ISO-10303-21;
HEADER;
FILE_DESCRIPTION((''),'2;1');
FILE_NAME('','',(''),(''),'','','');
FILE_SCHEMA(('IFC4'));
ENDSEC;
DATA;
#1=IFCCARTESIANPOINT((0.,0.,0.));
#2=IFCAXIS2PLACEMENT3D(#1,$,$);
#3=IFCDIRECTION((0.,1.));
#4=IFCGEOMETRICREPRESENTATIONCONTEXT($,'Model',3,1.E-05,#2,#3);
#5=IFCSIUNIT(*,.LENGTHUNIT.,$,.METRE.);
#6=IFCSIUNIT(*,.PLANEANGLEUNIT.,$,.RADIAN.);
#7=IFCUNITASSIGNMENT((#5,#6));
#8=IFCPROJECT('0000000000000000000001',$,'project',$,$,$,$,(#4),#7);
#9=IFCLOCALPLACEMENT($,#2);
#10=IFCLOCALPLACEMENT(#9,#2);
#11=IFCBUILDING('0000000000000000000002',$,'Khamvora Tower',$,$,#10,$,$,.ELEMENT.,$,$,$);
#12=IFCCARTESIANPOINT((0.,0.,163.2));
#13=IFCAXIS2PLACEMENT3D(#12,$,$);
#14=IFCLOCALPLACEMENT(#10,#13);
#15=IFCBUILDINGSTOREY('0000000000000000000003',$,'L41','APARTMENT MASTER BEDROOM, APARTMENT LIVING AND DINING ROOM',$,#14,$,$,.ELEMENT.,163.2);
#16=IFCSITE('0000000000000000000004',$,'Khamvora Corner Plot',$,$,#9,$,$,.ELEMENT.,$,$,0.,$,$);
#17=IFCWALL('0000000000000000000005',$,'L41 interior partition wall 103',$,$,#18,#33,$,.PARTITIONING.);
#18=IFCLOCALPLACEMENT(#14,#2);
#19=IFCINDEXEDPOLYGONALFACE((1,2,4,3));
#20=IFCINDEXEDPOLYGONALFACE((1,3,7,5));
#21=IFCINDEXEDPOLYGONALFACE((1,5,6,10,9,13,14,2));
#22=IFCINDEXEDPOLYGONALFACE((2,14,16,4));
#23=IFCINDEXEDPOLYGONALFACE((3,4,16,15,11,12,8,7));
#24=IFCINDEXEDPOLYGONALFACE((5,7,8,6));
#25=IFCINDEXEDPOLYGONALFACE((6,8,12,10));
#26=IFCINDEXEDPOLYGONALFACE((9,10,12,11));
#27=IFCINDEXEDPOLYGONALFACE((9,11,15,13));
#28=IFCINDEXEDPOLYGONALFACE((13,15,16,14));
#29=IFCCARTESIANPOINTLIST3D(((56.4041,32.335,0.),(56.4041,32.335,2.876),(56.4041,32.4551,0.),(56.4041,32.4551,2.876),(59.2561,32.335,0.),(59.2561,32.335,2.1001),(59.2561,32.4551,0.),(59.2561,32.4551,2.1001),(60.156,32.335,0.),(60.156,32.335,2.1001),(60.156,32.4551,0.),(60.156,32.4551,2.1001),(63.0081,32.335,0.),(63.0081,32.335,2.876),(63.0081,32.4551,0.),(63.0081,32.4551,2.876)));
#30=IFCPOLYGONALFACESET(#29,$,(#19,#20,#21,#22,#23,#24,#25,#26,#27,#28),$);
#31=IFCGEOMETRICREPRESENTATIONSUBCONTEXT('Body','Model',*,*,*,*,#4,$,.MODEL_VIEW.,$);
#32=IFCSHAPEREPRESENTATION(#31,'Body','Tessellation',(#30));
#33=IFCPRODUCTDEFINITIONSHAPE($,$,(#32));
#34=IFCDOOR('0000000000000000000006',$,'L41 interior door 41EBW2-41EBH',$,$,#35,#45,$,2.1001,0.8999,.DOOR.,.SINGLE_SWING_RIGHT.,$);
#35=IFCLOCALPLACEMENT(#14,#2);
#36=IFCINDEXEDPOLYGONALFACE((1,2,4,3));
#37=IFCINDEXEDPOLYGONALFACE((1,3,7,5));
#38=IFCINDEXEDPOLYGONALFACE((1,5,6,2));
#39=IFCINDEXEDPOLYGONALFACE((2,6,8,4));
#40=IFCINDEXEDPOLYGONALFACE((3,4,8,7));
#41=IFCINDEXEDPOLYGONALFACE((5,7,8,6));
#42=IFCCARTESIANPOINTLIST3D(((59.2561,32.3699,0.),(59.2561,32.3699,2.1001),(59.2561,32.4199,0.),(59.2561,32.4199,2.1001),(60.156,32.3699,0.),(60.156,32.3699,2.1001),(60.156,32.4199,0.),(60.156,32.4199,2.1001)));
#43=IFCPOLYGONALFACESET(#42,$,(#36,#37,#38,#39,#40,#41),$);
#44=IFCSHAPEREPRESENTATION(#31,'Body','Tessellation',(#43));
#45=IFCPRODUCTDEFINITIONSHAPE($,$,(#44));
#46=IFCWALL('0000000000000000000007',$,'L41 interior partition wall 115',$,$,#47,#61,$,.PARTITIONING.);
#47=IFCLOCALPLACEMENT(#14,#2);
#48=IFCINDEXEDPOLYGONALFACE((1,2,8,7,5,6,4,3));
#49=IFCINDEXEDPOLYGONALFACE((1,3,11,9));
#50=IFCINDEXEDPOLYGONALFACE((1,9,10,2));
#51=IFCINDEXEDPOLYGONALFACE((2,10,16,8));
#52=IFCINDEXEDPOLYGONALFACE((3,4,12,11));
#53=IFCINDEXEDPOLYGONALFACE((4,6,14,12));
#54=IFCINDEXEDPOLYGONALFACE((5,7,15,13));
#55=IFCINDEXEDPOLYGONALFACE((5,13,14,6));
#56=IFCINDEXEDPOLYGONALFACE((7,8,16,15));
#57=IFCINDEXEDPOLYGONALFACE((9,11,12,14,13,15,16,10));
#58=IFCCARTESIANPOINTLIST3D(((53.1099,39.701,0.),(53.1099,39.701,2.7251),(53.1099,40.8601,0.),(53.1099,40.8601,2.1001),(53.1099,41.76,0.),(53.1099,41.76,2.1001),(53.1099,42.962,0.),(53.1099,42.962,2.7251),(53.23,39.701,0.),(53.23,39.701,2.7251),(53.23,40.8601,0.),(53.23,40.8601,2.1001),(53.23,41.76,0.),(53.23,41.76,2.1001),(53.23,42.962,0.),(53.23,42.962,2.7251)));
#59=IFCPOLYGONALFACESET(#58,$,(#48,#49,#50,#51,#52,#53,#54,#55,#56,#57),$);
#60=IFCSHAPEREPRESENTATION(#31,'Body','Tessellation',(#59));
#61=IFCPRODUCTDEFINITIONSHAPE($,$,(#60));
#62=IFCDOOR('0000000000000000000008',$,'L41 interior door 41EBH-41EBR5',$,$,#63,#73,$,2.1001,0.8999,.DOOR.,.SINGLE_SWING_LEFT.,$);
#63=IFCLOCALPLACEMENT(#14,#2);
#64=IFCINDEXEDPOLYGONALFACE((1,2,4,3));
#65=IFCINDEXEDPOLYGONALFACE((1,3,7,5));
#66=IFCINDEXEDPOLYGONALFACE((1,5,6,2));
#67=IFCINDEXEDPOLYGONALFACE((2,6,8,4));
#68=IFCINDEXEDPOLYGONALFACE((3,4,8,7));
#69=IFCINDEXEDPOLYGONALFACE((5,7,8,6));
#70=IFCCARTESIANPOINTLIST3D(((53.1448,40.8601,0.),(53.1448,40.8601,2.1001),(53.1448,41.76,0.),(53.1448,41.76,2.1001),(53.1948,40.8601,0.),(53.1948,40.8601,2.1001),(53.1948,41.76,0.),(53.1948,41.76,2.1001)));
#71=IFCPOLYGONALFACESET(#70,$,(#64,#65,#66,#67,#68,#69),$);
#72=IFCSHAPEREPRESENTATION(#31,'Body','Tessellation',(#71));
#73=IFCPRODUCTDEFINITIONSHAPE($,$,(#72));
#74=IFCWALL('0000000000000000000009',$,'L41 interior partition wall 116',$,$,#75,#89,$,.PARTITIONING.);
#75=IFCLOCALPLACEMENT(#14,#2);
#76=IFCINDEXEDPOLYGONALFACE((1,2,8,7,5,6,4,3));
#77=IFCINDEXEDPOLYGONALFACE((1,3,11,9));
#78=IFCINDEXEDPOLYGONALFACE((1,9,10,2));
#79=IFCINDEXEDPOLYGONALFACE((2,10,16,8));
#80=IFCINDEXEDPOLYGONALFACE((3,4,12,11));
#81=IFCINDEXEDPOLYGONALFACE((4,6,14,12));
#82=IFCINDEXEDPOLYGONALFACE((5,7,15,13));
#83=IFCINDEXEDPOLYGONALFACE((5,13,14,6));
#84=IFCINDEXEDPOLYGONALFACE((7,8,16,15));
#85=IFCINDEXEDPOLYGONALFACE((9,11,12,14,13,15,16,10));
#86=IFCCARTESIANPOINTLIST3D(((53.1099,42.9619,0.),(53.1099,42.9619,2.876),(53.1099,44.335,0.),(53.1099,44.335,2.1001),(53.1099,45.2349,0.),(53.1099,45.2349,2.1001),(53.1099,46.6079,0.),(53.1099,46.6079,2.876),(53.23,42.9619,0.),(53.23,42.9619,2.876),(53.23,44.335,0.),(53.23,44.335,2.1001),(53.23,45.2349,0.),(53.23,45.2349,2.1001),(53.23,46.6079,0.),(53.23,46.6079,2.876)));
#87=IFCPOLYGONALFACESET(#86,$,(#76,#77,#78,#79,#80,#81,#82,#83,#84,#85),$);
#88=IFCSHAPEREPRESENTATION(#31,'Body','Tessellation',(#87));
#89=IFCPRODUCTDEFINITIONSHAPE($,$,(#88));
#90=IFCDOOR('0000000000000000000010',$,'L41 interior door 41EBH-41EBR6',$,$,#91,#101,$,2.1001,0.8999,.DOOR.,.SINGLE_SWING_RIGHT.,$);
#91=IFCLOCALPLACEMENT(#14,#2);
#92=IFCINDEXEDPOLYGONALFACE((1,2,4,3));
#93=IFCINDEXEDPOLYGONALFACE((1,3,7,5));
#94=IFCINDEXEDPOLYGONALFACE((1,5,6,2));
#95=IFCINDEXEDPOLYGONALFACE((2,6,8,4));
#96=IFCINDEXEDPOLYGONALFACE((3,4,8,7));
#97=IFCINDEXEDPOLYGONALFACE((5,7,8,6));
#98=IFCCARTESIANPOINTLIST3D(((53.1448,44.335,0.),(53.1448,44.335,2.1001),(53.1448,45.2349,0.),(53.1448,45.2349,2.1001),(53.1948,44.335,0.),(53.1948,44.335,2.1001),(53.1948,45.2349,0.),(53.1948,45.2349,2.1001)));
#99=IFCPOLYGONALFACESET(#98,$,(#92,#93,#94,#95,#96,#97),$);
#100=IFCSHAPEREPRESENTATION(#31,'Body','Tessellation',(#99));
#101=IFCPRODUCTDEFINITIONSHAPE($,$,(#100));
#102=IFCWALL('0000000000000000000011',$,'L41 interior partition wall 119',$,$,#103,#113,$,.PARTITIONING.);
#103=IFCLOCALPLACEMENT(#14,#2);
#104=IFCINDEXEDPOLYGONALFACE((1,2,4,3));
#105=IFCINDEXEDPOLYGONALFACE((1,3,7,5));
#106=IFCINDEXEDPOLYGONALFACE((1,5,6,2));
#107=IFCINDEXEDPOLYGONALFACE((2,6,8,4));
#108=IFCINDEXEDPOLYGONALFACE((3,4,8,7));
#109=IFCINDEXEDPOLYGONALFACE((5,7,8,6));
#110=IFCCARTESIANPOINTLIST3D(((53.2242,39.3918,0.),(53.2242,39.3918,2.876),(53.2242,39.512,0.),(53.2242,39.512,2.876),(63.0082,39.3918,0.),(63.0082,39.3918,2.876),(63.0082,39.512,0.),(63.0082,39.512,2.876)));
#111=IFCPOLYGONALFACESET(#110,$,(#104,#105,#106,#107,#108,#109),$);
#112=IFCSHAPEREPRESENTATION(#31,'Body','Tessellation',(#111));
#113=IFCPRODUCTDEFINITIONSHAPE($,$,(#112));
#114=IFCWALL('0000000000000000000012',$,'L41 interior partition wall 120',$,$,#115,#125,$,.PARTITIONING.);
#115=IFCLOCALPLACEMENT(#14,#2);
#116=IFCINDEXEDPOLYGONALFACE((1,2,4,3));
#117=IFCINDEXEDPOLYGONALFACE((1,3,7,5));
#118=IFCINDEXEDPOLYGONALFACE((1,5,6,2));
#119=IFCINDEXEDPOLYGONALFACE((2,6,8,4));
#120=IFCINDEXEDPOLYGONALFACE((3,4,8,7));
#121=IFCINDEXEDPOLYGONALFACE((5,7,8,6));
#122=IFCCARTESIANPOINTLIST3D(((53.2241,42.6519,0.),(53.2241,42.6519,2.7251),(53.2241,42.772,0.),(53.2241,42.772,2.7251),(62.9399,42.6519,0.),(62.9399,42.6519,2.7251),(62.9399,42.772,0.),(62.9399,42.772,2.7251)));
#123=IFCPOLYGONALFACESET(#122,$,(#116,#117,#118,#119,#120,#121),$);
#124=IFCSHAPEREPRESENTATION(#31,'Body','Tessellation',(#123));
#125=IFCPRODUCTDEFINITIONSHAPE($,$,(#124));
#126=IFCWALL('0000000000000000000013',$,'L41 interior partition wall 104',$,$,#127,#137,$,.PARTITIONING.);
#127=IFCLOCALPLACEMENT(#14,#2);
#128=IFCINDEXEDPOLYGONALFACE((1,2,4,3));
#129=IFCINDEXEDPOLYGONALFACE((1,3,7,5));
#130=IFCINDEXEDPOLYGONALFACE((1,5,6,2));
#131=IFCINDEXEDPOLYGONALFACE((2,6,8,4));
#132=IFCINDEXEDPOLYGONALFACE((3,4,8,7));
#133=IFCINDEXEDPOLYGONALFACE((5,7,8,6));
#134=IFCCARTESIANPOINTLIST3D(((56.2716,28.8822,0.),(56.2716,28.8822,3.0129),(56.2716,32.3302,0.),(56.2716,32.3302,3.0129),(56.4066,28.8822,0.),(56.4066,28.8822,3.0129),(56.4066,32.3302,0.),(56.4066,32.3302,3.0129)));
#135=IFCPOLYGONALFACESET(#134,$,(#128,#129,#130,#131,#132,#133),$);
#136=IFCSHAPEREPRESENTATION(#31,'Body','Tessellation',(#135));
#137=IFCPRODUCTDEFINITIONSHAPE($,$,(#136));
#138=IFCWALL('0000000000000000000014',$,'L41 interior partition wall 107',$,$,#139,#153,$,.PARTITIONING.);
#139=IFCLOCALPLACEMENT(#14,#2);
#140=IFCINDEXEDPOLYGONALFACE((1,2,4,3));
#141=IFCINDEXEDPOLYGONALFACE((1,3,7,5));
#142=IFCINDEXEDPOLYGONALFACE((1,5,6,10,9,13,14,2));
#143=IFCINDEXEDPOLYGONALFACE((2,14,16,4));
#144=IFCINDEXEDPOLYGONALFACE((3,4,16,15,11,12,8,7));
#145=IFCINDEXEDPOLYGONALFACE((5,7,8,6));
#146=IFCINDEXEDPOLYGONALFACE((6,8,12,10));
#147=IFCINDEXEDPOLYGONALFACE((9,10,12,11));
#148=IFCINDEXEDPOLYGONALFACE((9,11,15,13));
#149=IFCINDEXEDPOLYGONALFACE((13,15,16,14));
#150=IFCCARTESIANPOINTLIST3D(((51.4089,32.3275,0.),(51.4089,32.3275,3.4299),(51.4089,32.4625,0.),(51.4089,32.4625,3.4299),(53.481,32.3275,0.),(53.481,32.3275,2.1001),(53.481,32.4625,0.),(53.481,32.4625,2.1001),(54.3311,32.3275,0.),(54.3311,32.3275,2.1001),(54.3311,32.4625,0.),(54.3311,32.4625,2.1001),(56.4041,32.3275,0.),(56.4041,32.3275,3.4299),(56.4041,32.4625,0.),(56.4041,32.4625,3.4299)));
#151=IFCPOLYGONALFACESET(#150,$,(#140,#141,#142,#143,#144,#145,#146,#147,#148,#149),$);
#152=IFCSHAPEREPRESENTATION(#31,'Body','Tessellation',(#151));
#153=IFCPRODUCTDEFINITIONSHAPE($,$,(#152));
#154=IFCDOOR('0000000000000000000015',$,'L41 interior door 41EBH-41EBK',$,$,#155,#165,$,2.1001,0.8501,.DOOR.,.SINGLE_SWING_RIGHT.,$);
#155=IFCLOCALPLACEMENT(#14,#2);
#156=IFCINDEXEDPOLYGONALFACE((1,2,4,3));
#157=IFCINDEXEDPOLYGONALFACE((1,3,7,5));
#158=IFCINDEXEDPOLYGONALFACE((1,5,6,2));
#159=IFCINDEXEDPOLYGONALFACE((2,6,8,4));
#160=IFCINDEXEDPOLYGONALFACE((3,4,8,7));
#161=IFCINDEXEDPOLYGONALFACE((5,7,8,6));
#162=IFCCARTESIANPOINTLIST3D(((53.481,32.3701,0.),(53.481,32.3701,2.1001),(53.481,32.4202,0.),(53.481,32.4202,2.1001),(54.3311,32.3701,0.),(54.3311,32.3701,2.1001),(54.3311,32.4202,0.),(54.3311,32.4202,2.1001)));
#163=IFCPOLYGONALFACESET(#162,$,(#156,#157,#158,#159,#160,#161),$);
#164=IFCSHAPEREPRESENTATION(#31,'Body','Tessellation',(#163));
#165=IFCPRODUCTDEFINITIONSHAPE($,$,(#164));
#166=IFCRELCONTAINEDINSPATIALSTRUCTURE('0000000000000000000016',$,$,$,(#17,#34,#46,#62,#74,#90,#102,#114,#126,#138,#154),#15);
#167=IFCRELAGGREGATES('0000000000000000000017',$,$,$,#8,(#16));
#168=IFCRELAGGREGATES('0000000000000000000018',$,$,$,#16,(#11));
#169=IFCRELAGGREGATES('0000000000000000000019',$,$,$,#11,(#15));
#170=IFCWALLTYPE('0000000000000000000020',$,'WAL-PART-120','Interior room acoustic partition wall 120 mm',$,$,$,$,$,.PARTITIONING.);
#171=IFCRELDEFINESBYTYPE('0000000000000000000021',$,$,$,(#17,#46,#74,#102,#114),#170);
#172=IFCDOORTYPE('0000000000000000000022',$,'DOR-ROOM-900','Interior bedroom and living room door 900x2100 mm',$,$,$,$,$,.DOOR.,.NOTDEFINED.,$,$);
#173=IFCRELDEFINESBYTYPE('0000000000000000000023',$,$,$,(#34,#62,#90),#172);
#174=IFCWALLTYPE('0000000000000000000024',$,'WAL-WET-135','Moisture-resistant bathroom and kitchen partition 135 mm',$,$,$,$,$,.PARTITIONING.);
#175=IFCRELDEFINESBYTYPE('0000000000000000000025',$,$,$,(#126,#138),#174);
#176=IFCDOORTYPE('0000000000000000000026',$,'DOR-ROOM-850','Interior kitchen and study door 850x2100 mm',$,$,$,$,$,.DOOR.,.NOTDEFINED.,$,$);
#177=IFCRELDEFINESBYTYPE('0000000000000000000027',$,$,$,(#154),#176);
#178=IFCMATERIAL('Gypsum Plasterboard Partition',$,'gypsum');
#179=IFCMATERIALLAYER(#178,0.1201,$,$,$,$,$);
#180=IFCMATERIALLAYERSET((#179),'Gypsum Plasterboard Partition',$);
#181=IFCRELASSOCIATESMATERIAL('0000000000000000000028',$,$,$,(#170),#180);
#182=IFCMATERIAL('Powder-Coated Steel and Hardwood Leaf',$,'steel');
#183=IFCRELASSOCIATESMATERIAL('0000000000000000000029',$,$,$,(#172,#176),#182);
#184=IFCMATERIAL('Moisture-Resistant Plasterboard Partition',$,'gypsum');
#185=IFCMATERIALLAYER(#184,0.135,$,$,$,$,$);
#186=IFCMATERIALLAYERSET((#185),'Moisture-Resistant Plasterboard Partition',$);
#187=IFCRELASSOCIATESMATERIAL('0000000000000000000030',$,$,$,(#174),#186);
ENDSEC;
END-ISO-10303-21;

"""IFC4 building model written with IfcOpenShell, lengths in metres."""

from ifc_helpers import new_model, si_unit, direction, frame, frame_2d, origin, place, context, subcontext, project, spatial, rectangle, extrude, material, layer, layer_set, type_object, element, fill, save


model = new_model("IFC4")

# Units and contexts
model_context = context("Model", 3, precision=1e-05, world=origin(), true_north=direction((0.0, 1.0)))
body_context = subcontext(model_context, "Body", "Model", "MODEL_VIEW")
ifc_project = project(units=[si_unit("LENGTHUNIT", "METRE"), si_unit("PLANEANGLEUNIT", "RADIAN")], contexts=[model_context])

# Site, building, storey
site_placement = place(None, origin())
site = spatial("IfcSite", under=ifc_project, at=site_placement, Name="Khamvora Corner Plot", CompositionType="ELEMENT", RefElevation=0.0)
building_placement = place(site_placement, origin())
building = spatial("IfcBuilding", under=site, at=building_placement, Name="Khamvora Tower", CompositionType="ELEMENT")
storey_placement = place(building_placement, frame((0.0, 0.0, 163.2)))
storey = spatial("IfcBuildingStorey", under=building, at=storey_placement, Name="L41", Description="APARTMENT MASTER BEDROOM, APARTMENT LIVING AND DINING ROOM", CompositionType="ELEMENT", Elevation=163.2)

# Walls, openings, doors
ifc_material_1 = material(Name="Gypsum Plasterboard Partition", Category="gypsum")
ifc_layer_1 = layer(ifc_material_1, 0.1201)
ifc_layer_set_1 = layer_set([ifc_layer_1], Name="Gypsum Plasterboard Partition")
wall_type_1 = type_object("IfcWallType", Name="WAL-PART-120", Description="Interior room acoustic partition wall 120 mm", PredefinedType="PARTITIONING", material=ifc_layer_set_1)
wall_1_placement = place(storey_placement, frame((56.4041, 32.395, 0.0), z_axis=(0.0, 0.0, 1.0), x_axis=(1.0, 0.0, 0.0)))
wall_1 = element("IfcWall", 1, at=wall_1_placement, inside=storey, type_object=wall_type_1, Name="L41 interior partition wall 103", PredefinedType="PARTITIONING", context=body_context, shape_type="SweptSolid", body=[
    extrude(rectangle(XDim=6.604, YDim=0.1201, at=frame_2d((3.302, 0.0))), origin(), (0.0, 0.0, 1.0), 2.876),
])
opening_1_placement = place(wall_1_placement, frame((2.8521, 0.0, 0.0)))
opening_1 = element("IfcOpeningElement", 2, at=opening_1_placement, cuts=wall_1, PredefinedType="OPENING", context=body_context, shape_type="SweptSolid", body=[
    extrude(rectangle(XDim=0.8999, YDim=2.1001, at=frame_2d((0.45, 1.05))), frame((0.0, 0.0701, 0.0), z_axis=(0.0, -1.0, 0.0), x_axis=(1.0, 0.0, 0.0)), (0.0, 0.0, 1.0), 0.1401),
])
ifc_material_2 = material(Name="Powder-Coated Steel and Hardwood Leaf", Category="steel")
door_type_1 = type_object("IfcDoorType", Name="DOR-ROOM-900", Description="Interior bedroom and living room door 900x2100 mm", OperationType="NOTDEFINED", PredefinedType="DOOR", material=ifc_material_2)
door_1_placement = place(opening_1_placement, origin())
door_1 = element("IfcDoor", 3, at=door_1_placement, inside=storey, type_object=door_type_1, Name="L41 interior door 41EBW2-41EBH", OperationType="SINGLE_SWING_RIGHT", OverallHeight=2.1001, OverallWidth=0.8999, PredefinedType="DOOR", context=body_context, shape_type="SweptSolid", body=[
    extrude(rectangle(XDim=0.8999, YDim=2.1001, at=frame_2d((0.45, 1.05))), frame((0.0, 0.0249, 0.0), z_axis=(0.0, -1.0, 0.0), x_axis=(1.0, 0.0, 0.0)), (0.0, 0.0, 1.0), 0.05),
])
fill(opening_1, door_1)
wall_2_placement = place(storey_placement, frame((53.1699, 42.9619, 0.0), z_axis=(0.0, 0.0, 1.0), x_axis=(0.0, -1.0, 0.0)))
wall_2 = element("IfcWall", 4, at=wall_2_placement, inside=storey, type_object=wall_type_1, Name="L41 interior partition wall 115", PredefinedType="PARTITIONING", context=body_context, shape_type="SweptSolid", body=[
    extrude(rectangle(XDim=3.261, YDim=0.1201, at=frame_2d((1.6304, 0.0))), origin(), (0.0, 0.0, 1.0), 2.7251),
])
opening_2_placement = place(wall_2_placement, frame((1.2019, 0.0, 0.0)))
opening_2 = element("IfcOpeningElement", 5, at=opening_2_placement, cuts=wall_2, PredefinedType="OPENING", context=body_context, shape_type="SweptSolid", body=[
    extrude(rectangle(XDim=0.8999, YDim=2.1001, at=frame_2d((0.45, 1.05))), frame((0.0, 0.0701, 0.0), z_axis=(0.0, -1.0, 0.0), x_axis=(1.0, 0.0, 0.0)), (0.0, 0.0, 1.0), 0.1401),
])
door_2_placement = place(opening_2_placement, origin())
door_2 = element("IfcDoor", 6, at=door_2_placement, inside=storey, type_object=door_type_1, Name="L41 interior door 41EBH-41EBR5", OperationType="SINGLE_SWING_LEFT", OverallHeight=2.1001, OverallWidth=0.8999, PredefinedType="DOOR", context=body_context, shape_type="SweptSolid", body=[
    extrude(rectangle(XDim=0.8999, YDim=2.1001, at=frame_2d((0.45, 1.05))), frame((0.0, 0.0249, 0.0), z_axis=(0.0, -1.0, 0.0), x_axis=(1.0, 0.0, 0.0)), (0.0, 0.0, 1.0), 0.05),
])
fill(opening_2, door_2)
wall_3_placement = place(storey_placement, frame((53.1699, 46.6079, 0.0), z_axis=(0.0, 0.0, 1.0), x_axis=(0.0, -1.0, 0.0)))
wall_3 = element("IfcWall", 7, at=wall_3_placement, inside=storey, type_object=wall_type_1, Name="L41 interior partition wall 116", PredefinedType="PARTITIONING", context=body_context, shape_type="SweptSolid", body=[
    extrude(rectangle(XDim=3.646, YDim=0.1201, at=frame_2d((1.823, 0.0))), origin(), (0.0, 0.0, 1.0), 2.876),
])
opening_3_placement = place(wall_3_placement, frame((1.373, 0.0, 0.0)))
opening_3 = element("IfcOpeningElement", 8, at=opening_3_placement, cuts=wall_3, PredefinedType="OPENING", context=body_context, shape_type="SweptSolid", body=[
    extrude(rectangle(XDim=0.8999, YDim=2.1001, at=frame_2d((0.45, 1.05))), frame((0.0, 0.0701, 0.0), z_axis=(0.0, -1.0, 0.0), x_axis=(1.0, 0.0, 0.0)), (0.0, 0.0, 1.0), 0.1401),
])
door_3_placement = place(opening_3_placement, origin())
door_3 = element("IfcDoor", 9, at=door_3_placement, inside=storey, type_object=door_type_1, Name="L41 interior door 41EBH-41EBR6", OperationType="SINGLE_SWING_RIGHT", OverallHeight=2.1001, OverallWidth=0.8999, PredefinedType="DOOR", context=body_context, shape_type="SweptSolid", body=[
    extrude(rectangle(XDim=0.8999, YDim=2.1001, at=frame_2d((0.45, 1.05))), frame((0.0, 0.0249, 0.0), z_axis=(0.0, -1.0, 0.0), x_axis=(1.0, 0.0, 0.0)), (0.0, 0.0, 1.0), 0.05),
])
fill(opening_3, door_3)

# Walls
wall_4_placement = place(storey_placement, frame((53.2241, 39.4519, 0.0), z_axis=(0.0, 0.0, 1.0), x_axis=(1.0, 0.0, 0.0)))
element("IfcWall", 10, at=wall_4_placement, inside=storey, type_object=wall_type_1, Name="L41 interior partition wall 119", PredefinedType="PARTITIONING", context=body_context, shape_type="SweptSolid", body=[
    extrude(rectangle(XDim=9.7839, YDim=0.1201, at=frame_2d((4.8921, 0.0))), origin(), (0.0, 0.0, 1.0), 2.876),
])
wall_5_placement = place(storey_placement, frame((53.2241, 42.7119, 0.0), z_axis=(0.0, 0.0, 1.0), x_axis=(1.0, 0.0, 0.0)))
element("IfcWall", 11, at=wall_5_placement, inside=storey, type_object=wall_type_1, Name="L41 interior partition wall 120", PredefinedType="PARTITIONING", context=body_context, shape_type="SweptSolid", body=[
    extrude(rectangle(XDim=9.7158, YDim=0.1201, at=frame_2d((4.8579, 0.0))), origin(), (0.0, 0.0, 1.0), 2.7251),
])
ifc_material_3 = material(Name="Moisture-Resistant Plasterboard Partition", Category="gypsum")
ifc_layer_2 = layer(ifc_material_3, 0.135)
ifc_layer_set_2 = layer_set([ifc_layer_2], Name="Moisture-Resistant Plasterboard Partition")
wall_type_2 = type_object("IfcWallType", Name="WAL-WET-135", Description="Moisture-resistant bathroom and kitchen partition 135 mm", PredefinedType="PARTITIONING", material=ifc_layer_set_2)
wall_6_placement = place(storey_placement, frame((56.3391, 28.8821, 0.0), z_axis=(0.0, 0.0, 1.0), x_axis=(0.0, 1.0, 0.0)))
element("IfcWall", 12, at=wall_6_placement, inside=storey, type_object=wall_type_2, Name="L41 interior partition wall 104", PredefinedType="PARTITIONING", context=body_context, shape_type="SweptSolid", body=[
    extrude(rectangle(XDim=3.448, YDim=0.135, at=frame_2d((1.7241, 0.0))), origin(), (0.0, 0.0, 1.0), 3.0129),
])

# Wall, opening, door
wall_7_placement = place(storey_placement, frame((56.4041, 32.395, 0.0), z_axis=(0.0, 0.0, 1.0), x_axis=(-1.0, 0.0, 0.0)))
wall_7 = element("IfcWall", 13, at=wall_7_placement, inside=storey, type_object=wall_type_2, Name="L41 interior partition wall 107", PredefinedType="PARTITIONING", context=body_context, shape_type="SweptSolid", body=[
    extrude(rectangle(XDim=4.9951, YDim=0.135, at=frame_2d((2.4976, 0.0))), origin(), (0.0, 0.0, 1.0), 3.4299),
])
opening_4_placement = place(wall_7_placement, frame((2.073, 0.0, 0.0)))
opening_4 = element("IfcOpeningElement", 14, at=opening_4_placement, cuts=wall_7, PredefinedType="OPENING", context=body_context, shape_type="SweptSolid", body=[
    extrude(rectangle(XDim=0.8501, YDim=2.1001, at=frame_2d((0.425, 1.05))), frame((0.0, 0.0774, 0.0), z_axis=(0.0, -1.0, 0.0), x_axis=(1.0, 0.0, 0.0)), (0.0, 0.0, 1.0), 0.155),
])
door_type_2 = type_object("IfcDoorType", Name="DOR-ROOM-850", Description="Interior kitchen and study door 850x2100 mm", OperationType="NOTDEFINED", PredefinedType="DOOR", material=ifc_material_2)
door_4_placement = place(opening_4_placement, origin())
door_4 = element("IfcDoor", 15, at=door_4_placement, inside=storey, type_object=door_type_2, Name="L41 interior door 41EBH-41EBK", OperationType="SINGLE_SWING_RIGHT", OverallHeight=2.1001, OverallWidth=0.8501, PredefinedType="DOOR", context=body_context, shape_type="SweptSolid", body=[
    extrude(rectangle(XDim=0.8501, YDim=2.1001, at=frame_2d((0.425, 1.05))), frame((0.0, 0.0249, 0.0), z_axis=(0.0, -1.0, 0.0), x_axis=(1.0, 0.0, 0.0)), (0.0, 0.0, 1.0), 0.05),
])
fill(opening_4, door_4)

save(model, "model.ifc")
